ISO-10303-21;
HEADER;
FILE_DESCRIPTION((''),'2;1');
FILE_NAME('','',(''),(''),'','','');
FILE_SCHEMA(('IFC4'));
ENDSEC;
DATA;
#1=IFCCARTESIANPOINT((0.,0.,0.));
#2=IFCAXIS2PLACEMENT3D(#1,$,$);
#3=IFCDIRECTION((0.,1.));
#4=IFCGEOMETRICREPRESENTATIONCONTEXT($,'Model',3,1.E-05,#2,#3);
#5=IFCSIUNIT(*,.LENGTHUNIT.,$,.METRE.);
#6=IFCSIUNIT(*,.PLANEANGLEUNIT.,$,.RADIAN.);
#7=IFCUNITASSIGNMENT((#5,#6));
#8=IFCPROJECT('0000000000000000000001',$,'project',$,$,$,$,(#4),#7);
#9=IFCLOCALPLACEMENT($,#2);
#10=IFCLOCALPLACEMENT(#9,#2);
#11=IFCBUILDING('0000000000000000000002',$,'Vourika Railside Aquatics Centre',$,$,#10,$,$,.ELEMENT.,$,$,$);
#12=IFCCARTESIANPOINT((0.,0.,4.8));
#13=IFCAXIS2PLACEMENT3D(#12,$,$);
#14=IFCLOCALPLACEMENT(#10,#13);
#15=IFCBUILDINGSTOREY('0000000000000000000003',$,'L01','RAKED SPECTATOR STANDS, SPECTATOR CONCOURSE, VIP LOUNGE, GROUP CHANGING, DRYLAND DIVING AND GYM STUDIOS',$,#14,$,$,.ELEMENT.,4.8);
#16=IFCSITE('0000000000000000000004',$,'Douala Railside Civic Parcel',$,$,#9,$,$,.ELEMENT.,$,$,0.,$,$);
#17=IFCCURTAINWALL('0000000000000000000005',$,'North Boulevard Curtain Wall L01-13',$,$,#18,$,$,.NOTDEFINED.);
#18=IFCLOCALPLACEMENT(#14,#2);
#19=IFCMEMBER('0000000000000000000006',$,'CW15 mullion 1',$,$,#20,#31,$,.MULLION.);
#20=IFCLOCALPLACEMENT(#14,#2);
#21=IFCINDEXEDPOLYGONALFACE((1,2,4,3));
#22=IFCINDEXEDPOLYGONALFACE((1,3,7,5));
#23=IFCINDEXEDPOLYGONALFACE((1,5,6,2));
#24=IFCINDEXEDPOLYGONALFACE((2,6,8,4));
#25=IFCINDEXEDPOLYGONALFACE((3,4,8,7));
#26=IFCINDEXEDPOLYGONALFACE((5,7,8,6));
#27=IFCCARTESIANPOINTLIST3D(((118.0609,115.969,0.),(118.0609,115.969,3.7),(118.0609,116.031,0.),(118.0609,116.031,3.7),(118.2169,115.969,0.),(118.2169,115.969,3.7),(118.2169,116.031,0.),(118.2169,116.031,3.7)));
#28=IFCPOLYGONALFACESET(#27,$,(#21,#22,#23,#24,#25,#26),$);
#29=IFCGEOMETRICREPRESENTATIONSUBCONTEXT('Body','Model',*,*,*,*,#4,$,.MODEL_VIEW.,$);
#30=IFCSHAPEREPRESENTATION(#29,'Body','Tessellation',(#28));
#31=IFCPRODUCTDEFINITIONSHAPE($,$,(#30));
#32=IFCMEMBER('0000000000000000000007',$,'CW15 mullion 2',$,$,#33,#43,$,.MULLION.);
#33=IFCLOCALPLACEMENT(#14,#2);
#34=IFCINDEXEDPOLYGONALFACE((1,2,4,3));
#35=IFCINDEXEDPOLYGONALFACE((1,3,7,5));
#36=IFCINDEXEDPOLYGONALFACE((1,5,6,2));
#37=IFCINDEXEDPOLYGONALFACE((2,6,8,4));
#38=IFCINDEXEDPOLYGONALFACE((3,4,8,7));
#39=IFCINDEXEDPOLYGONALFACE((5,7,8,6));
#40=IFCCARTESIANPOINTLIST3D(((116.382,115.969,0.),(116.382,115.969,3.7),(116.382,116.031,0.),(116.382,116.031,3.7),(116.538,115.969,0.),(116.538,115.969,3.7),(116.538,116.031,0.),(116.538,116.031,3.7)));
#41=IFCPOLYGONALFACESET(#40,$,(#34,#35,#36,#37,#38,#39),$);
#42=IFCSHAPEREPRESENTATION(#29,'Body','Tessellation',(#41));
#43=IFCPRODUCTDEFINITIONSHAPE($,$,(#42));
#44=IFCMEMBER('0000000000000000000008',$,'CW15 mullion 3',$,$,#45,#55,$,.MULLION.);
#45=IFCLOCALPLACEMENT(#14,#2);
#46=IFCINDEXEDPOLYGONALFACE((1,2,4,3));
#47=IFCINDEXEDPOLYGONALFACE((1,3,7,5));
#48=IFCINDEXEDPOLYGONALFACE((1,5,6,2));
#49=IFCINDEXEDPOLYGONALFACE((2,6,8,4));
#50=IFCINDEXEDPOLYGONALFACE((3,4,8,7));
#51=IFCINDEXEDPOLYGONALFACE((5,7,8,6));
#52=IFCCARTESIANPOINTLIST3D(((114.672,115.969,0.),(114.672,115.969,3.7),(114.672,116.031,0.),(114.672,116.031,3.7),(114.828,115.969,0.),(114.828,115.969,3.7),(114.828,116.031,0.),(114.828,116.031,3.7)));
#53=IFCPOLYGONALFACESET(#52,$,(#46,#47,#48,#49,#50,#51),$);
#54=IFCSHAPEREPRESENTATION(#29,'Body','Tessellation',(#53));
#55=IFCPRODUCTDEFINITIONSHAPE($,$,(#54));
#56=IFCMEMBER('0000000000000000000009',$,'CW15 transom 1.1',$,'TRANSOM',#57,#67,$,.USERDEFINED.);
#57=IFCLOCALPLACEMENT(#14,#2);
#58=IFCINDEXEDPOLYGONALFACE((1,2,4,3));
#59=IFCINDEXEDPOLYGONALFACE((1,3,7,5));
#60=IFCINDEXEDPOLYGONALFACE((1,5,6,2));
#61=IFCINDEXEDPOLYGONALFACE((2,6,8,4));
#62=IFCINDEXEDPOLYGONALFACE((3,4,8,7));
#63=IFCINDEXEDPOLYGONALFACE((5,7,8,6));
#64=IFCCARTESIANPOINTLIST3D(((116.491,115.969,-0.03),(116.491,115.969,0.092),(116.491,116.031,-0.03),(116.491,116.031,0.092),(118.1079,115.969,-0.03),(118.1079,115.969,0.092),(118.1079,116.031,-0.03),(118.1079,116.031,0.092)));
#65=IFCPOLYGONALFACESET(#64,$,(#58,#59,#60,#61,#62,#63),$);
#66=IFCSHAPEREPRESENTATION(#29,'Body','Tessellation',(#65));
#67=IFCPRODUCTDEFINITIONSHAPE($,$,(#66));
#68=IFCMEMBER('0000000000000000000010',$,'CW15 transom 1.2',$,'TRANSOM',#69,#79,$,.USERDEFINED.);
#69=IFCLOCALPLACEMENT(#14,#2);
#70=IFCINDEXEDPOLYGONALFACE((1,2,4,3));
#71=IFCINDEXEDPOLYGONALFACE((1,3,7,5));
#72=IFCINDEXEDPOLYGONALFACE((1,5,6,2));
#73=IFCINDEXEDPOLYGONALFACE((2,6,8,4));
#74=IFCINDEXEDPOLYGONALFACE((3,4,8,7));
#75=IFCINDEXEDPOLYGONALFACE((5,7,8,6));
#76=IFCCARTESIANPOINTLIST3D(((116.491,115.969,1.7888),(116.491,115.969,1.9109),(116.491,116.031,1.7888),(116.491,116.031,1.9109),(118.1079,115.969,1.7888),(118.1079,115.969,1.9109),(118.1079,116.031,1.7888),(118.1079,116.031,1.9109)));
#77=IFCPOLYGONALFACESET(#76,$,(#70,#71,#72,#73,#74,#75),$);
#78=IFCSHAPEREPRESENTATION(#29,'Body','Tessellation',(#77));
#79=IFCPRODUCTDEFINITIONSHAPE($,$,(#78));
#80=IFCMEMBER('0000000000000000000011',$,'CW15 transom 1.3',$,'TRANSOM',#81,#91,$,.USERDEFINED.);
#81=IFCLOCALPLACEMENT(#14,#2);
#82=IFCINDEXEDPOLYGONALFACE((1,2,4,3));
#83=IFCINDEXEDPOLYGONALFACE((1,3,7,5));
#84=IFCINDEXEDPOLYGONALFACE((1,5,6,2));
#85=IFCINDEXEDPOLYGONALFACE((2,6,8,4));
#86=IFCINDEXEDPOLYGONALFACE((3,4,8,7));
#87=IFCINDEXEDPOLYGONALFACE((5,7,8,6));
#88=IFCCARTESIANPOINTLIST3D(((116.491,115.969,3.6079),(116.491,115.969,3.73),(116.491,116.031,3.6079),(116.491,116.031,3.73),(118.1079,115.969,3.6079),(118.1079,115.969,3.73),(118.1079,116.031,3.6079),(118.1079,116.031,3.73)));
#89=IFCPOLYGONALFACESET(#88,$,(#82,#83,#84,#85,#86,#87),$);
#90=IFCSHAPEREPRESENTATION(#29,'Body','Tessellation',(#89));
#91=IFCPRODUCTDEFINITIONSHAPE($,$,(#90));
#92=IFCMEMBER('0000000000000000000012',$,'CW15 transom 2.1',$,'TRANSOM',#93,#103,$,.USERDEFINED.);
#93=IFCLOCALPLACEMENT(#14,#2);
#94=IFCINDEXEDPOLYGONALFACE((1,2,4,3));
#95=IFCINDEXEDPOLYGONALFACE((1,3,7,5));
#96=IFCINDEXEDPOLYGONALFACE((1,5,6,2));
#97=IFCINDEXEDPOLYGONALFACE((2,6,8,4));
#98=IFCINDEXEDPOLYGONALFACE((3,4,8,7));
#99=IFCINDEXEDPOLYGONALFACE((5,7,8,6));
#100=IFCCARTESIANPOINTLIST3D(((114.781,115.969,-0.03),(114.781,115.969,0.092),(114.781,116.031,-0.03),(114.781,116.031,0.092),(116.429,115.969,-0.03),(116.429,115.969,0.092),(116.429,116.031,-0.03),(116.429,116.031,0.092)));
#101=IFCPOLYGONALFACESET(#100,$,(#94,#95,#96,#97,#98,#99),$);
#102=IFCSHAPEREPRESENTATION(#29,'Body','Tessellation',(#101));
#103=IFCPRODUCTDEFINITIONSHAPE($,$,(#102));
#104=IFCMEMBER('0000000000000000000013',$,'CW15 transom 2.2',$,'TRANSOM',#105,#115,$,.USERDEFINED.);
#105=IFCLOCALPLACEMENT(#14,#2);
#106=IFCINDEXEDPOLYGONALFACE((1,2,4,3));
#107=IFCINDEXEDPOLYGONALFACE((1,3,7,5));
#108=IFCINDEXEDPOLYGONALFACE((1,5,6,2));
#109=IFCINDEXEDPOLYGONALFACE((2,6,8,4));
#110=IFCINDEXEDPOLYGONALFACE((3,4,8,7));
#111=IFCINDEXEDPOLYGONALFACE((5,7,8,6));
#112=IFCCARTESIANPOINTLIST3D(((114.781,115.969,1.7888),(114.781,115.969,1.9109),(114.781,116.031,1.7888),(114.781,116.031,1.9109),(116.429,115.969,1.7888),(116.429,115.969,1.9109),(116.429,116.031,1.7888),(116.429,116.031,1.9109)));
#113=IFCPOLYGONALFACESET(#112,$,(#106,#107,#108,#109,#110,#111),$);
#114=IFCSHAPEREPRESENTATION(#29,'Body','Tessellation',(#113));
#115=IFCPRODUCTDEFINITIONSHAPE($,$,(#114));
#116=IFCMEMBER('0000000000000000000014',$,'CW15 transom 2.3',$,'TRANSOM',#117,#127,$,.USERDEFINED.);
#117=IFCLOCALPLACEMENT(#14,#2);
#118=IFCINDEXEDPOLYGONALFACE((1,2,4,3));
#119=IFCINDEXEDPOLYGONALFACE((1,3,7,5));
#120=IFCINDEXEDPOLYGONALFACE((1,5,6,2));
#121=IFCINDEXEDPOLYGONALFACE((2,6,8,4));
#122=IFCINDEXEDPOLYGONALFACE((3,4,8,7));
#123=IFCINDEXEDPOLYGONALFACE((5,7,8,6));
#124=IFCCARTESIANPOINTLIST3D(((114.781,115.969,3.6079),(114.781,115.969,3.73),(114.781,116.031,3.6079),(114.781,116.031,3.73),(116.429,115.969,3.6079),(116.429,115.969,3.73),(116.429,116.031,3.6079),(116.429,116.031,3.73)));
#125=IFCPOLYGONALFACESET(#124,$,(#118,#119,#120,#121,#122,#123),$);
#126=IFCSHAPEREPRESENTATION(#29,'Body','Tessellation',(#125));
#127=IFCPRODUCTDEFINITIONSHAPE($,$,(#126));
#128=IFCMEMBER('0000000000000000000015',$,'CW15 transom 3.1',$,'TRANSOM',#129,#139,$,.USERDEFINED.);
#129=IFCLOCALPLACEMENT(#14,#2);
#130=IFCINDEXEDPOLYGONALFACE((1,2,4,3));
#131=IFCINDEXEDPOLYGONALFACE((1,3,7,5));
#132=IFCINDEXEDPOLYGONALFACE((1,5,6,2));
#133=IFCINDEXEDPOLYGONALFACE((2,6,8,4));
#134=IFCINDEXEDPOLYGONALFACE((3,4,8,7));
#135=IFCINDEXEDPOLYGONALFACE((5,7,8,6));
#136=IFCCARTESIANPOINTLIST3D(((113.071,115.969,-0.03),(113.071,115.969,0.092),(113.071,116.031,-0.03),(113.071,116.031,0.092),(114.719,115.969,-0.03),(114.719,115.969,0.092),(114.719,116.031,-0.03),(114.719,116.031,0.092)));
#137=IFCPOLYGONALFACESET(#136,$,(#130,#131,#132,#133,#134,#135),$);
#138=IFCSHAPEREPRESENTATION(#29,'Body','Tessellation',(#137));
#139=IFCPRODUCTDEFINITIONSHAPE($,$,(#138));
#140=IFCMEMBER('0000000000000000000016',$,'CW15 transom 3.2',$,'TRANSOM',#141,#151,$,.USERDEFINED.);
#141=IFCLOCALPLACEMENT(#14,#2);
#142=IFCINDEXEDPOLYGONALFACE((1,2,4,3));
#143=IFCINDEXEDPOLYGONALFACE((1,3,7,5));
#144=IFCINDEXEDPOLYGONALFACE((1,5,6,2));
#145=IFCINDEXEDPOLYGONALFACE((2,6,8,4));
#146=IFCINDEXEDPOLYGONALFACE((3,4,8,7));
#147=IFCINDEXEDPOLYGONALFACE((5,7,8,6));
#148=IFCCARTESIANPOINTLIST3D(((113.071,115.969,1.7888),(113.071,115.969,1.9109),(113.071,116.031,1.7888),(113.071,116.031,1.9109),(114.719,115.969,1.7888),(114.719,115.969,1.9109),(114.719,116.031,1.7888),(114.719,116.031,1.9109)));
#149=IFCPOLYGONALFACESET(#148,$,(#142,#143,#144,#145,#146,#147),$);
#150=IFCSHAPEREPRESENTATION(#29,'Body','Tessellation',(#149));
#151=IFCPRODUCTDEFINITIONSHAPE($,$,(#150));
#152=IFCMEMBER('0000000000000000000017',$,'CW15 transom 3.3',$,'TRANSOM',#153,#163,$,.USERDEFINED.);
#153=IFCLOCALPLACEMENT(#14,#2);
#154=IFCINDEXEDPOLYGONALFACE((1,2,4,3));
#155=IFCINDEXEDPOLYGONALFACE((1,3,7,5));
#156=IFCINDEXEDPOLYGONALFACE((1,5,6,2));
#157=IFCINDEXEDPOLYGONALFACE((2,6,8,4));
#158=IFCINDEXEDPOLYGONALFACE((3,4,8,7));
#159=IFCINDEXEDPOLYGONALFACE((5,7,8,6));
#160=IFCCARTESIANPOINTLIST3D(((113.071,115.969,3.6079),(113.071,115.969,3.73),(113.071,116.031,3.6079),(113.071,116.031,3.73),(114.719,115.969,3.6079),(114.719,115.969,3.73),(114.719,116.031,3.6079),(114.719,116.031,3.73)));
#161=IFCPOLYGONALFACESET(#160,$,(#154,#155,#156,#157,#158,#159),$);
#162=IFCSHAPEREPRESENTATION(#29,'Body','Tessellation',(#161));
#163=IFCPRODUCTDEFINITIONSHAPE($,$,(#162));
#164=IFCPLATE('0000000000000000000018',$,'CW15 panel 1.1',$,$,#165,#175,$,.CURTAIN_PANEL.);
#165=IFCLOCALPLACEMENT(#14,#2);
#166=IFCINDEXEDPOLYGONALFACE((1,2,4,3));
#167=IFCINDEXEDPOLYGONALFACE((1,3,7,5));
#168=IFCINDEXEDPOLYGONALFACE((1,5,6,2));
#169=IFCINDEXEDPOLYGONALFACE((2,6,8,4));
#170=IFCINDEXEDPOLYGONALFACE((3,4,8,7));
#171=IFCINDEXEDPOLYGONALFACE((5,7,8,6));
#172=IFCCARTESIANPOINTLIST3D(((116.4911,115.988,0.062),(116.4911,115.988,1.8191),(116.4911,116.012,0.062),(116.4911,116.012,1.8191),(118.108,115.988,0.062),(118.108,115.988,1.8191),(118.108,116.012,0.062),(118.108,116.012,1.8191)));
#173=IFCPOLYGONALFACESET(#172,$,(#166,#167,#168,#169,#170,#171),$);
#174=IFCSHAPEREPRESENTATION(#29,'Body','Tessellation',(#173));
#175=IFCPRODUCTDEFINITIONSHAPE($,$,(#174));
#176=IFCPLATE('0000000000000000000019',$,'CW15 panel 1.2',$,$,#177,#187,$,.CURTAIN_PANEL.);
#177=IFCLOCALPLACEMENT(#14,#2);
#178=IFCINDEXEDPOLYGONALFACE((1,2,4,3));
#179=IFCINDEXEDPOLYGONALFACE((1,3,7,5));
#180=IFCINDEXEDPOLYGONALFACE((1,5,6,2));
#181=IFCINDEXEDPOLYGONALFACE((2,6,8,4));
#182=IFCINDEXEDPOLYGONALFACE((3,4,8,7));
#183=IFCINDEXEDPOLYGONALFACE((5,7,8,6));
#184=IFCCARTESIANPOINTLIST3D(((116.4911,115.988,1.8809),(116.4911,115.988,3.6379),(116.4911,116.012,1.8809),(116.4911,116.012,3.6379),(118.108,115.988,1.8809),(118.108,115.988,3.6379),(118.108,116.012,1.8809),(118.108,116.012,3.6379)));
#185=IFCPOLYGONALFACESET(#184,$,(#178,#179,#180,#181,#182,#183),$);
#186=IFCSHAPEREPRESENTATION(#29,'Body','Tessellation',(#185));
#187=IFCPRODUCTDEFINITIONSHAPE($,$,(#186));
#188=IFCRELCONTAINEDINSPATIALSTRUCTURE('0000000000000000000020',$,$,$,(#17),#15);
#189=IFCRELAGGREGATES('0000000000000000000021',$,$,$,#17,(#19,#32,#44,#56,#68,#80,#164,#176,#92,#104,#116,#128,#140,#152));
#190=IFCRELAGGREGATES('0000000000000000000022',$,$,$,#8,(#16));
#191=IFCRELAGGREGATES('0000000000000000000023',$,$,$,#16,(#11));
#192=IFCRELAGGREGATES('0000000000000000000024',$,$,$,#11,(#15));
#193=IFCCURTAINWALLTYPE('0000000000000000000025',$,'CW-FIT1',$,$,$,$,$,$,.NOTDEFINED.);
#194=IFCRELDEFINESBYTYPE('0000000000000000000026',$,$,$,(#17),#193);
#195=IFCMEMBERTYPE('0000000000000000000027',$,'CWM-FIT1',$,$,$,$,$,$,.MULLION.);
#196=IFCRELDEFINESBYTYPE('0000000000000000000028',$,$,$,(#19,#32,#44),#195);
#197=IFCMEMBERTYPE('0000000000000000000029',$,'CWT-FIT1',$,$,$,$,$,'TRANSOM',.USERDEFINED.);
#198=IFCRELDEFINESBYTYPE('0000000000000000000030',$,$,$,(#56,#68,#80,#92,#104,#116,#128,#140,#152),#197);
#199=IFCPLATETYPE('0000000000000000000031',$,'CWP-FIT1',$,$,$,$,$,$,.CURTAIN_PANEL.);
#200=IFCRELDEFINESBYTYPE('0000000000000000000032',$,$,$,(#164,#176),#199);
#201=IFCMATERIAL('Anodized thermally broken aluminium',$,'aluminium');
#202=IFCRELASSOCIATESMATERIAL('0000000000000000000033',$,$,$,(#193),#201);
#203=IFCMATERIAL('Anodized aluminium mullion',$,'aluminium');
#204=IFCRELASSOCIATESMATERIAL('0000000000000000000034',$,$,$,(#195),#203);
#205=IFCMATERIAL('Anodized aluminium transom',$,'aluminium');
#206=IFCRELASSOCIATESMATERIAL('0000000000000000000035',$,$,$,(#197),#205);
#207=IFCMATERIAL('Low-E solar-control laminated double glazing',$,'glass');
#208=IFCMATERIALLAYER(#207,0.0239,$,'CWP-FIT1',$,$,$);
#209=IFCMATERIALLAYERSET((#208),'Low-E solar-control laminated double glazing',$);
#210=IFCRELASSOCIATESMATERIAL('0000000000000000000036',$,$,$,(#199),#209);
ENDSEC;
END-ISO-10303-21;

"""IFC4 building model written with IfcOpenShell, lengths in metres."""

from ifc_helpers import new_model, si_unit, direction, frame, origin, origin_2d, place, context, subcontext, project, spatial, rectangle, extrude, material, layer, layer_set, material_profile, profile_set, type_object, element, aggregate, save


model = new_model("IFC4")

# Units and contexts
model_context = context("Model", 3, precision=1e-05, world=origin(), true_north=direction((0.0, 1.0)))
body_context = subcontext(model_context, "Body", "Model", "MODEL_VIEW")
ifc_project = project(units=[si_unit("LENGTHUNIT", "METRE"), si_unit("PLANEANGLEUNIT", "RADIAN")], contexts=[model_context])

# Site, building, storey
site_placement = place(None, origin())
site = spatial("IfcSite", under=ifc_project, at=site_placement, Name="Douala Railside Civic Parcel", CompositionType="ELEMENT", RefElevation=0.0)
building_placement = place(site_placement, origin())
building = spatial("IfcBuilding", under=site, at=building_placement, Name="Vourika Railside Aquatics Centre", CompositionType="ELEMENT")
storey_placement = place(building_placement, frame((0.0, 0.0, 4.8)))
storey = spatial("IfcBuildingStorey", under=building, at=storey_placement, Name="L01", Description="RAKED SPECTATOR STANDS, SPECTATOR CONCOURSE, VIP LOUNGE, GROUP CHANGING, DRYLAND DIVING AND GYM STUDIOS", CompositionType="ELEMENT", Elevation=4.8)

# Curtain wall, members, plates
ifc_material_1 = material(Name="Anodized thermally broken aluminium", Category="aluminium")
curtain_wall_type = type_object("IfcCurtainWallType", Name="CW-FIT1", PredefinedType="NOTDEFINED", material=ifc_material_1)
curtain_wall_placement = place(storey_placement, origin())
curtain_wall = element("IfcCurtainWall", 1, at=curtain_wall_placement, inside=storey, type_object=curtain_wall_type, Name="North Boulevard Curtain Wall L01-13", PredefinedType="NOTDEFINED")
ifc_material_2 = material(Name="Anodized aluminium mullion", Category="aluminium")
ifc_material_profile_1 = material_profile(ifc_material_2, rectangle(XDim=0.062, YDim=0.156, at=origin_2d()), Name="ALU-M 62x156")
ifc_profile_set_1 = profile_set([ifc_material_profile_1], Name="Anodized aluminium mullion")
member_type_1 = type_object("IfcMemberType", Name="CWM-FIT1", PredefinedType="MULLION", material=ifc_profile_set_1)
member_1_placement = place(storey_placement, frame((118.1389, 116.0, 0.0), z_axis=(0.0, 0.0, 1.0), x_axis=(0.0, -1.0, 0.0)))
member_1 = element("IfcMember", 2, at=member_1_placement, type_object=member_type_1, Name="CW15 mullion 1", PredefinedType="MULLION", context=body_context, shape_type="SweptSolid", body=[
    extrude(rectangle(XDim=0.062, YDim=0.156, at=origin_2d()), origin(), (0.0, 0.0, 1.0), 3.7),
])
member_2_placement = place(storey_placement, frame((116.46, 116.0, 0.0), z_axis=(0.0, 0.0, 1.0), x_axis=(0.0, -1.0, 0.0)))
member_2 = element("IfcMember", 3, at=member_2_placement, type_object=member_type_1, Name="CW15 mullion 2", PredefinedType="MULLION", context=body_context, shape_type="SweptSolid", body=[
    extrude(rectangle(XDim=0.062, YDim=0.156, at=origin_2d()), origin(), (0.0, 0.0, 1.0), 3.7),
])
member_3_placement = place(storey_placement, frame((114.75, 116.0, 0.0), z_axis=(0.0, 0.0, 1.0), x_axis=(0.0, -1.0, 0.0)))
member_3 = element("IfcMember", 4, at=member_3_placement, type_object=member_type_1, Name="CW15 mullion 3", PredefinedType="MULLION", context=body_context, shape_type="SweptSolid", body=[
    extrude(rectangle(XDim=0.062, YDim=0.156, at=origin_2d()), origin(), (0.0, 0.0, 1.0), 3.7),
])
ifc_material_3 = material(Name="Anodized aluminium transom", Category="aluminium")
ifc_material_profile_2 = material_profile(ifc_material_3, rectangle(XDim=0.062, YDim=0.1221, at=origin_2d()), Name="ALU-T 62x122")
ifc_profile_set_2 = profile_set([ifc_material_profile_2], Name="Anodized aluminium transom")
member_type_2 = type_object("IfcMemberType", Name="CWT-FIT1", ElementType="TRANSOM", PredefinedType="USERDEFINED", material=ifc_profile_set_2)
member_4_placement = place(storey_placement, frame((118.1079, 116.0, 0.031), z_axis=(-1.0, 0.0, 0.0), x_axis=(0.0, -1.0, 0.0)))
member_4 = element("IfcMember", 5, at=member_4_placement, type_object=member_type_2, Name="CW15 transom 1.1", ObjectType="TRANSOM", PredefinedType="USERDEFINED", context=body_context, shape_type="SweptSolid", body=[
    extrude(rectangle(XDim=0.062, YDim=0.1221, at=origin_2d()), origin(), (0.0, 0.0, 1.0), 1.6169),
])
member_5_placement = place(storey_placement, frame((118.1079, 116.0, 1.8499), z_axis=(-1.0, 0.0, 0.0), x_axis=(0.0, -1.0, 0.0)))
member_5 = element("IfcMember", 6, at=member_5_placement, type_object=member_type_2, Name="CW15 transom 1.2", ObjectType="TRANSOM", PredefinedType="USERDEFINED", context=body_context, shape_type="SweptSolid", body=[
    extrude(rectangle(XDim=0.062, YDim=0.1221, at=origin_2d()), origin(), (0.0, 0.0, 1.0), 1.6169),
])
member_6_placement = place(storey_placement, frame((118.1079, 116.0, 3.6689), z_axis=(-1.0, 0.0, 0.0), x_axis=(0.0, -1.0, 0.0)))
member_6 = element("IfcMember", 7, at=member_6_placement, type_object=member_type_2, Name="CW15 transom 1.3", ObjectType="TRANSOM", PredefinedType="USERDEFINED", context=body_context, shape_type="SweptSolid", body=[
    extrude(rectangle(XDim=0.062, YDim=0.1221, at=origin_2d()), origin(), (0.0, 0.0, 1.0), 1.6169),
])
member_7_placement = place(storey_placement, frame((116.429, 116.0, 0.031), z_axis=(-1.0, 0.0, 0.0), x_axis=(0.0, -1.0, 0.0)))
member_7 = element("IfcMember", 8, at=member_7_placement, type_object=member_type_2, Name="CW15 transom 2.1", ObjectType="TRANSOM", PredefinedType="USERDEFINED", context=body_context, shape_type="SweptSolid", body=[
    extrude(rectangle(XDim=0.062, YDim=0.1221, at=origin_2d()), origin(), (0.0, 0.0, 1.0), 1.6479),
])
member_8_placement = place(storey_placement, frame((116.429, 116.0, 1.8499), z_axis=(-1.0, 0.0, 0.0), x_axis=(0.0, -1.0, 0.0)))
member_8 = element("IfcMember", 9, at=member_8_placement, type_object=member_type_2, Name="CW15 transom 2.2", ObjectType="TRANSOM", PredefinedType="USERDEFINED", context=body_context, shape_type="SweptSolid", body=[
    extrude(rectangle(XDim=0.062, YDim=0.1221, at=origin_2d()), origin(), (0.0, 0.0, 1.0), 1.6479),
])
member_9_placement = place(storey_placement, frame((116.429, 116.0, 3.6689), z_axis=(-1.0, 0.0, 0.0), x_axis=(0.0, -1.0, 0.0)))
member_9 = element("IfcMember", 10, at=member_9_placement, type_object=member_type_2, Name="CW15 transom 2.3", ObjectType="TRANSOM", PredefinedType="USERDEFINED", context=body_context, shape_type="SweptSolid", body=[
    extrude(rectangle(XDim=0.062, YDim=0.1221, at=origin_2d()), origin(), (0.0, 0.0, 1.0), 1.6479),
])
member_10_placement = place(storey_placement, frame((114.719, 116.0, 0.031), z_axis=(-1.0, 0.0, 0.0), x_axis=(0.0, -1.0, 0.0)))
member_10 = element("IfcMember", 11, at=member_10_placement, type_object=member_type_2, Name="CW15 transom 3.1", ObjectType="TRANSOM", PredefinedType="USERDEFINED", context=body_context, shape_type="SweptSolid", body=[
    extrude(rectangle(XDim=0.062, YDim=0.1221, at=origin_2d()), origin(), (0.0, 0.0, 1.0), 1.6479),
])
member_11_placement = place(storey_placement, frame((114.719, 116.0, 1.8499), z_axis=(-1.0, 0.0, 0.0), x_axis=(0.0, -1.0, 0.0)))
member_11 = element("IfcMember", 12, at=member_11_placement, type_object=member_type_2, Name="CW15 transom 3.2", ObjectType="TRANSOM", PredefinedType="USERDEFINED", context=body_context, shape_type="SweptSolid", body=[
    extrude(rectangle(XDim=0.062, YDim=0.1221, at=origin_2d()), origin(), (0.0, 0.0, 1.0), 1.6479),
])
member_12_placement = place(storey_placement, frame((114.719, 116.0, 3.6689), z_axis=(-1.0, 0.0, 0.0), x_axis=(0.0, -1.0, 0.0)))
member_12 = element("IfcMember", 13, at=member_12_placement, type_object=member_type_2, Name="CW15 transom 3.3", ObjectType="TRANSOM", PredefinedType="USERDEFINED", context=body_context, shape_type="SweptSolid", body=[
    extrude(rectangle(XDim=0.062, YDim=0.1221, at=origin_2d()), origin(), (0.0, 0.0, 1.0), 1.6479),
])
ifc_material_4 = material(Name="Low-E solar-control laminated double glazing", Category="glass")
ifc_layer = layer(ifc_material_4, 0.0239, Name="CWP-FIT1")
ifc_layer_set = layer_set([ifc_layer], Name="Low-E solar-control laminated double glazing")
plate_type = type_object("IfcPlateType", Name="CWP-FIT1", PredefinedType="CURTAIN_PANEL", material=ifc_layer_set)
plate_1_placement = place(storey_placement, frame((117.2996, 116.0, 0.062), z_axis=(0.0, 0.0, 1.0), x_axis=(-1.0, 0.0, 0.0)))
plate_1 = element("IfcPlate", 14, at=plate_1_placement, type_object=plate_type, Name="CW15 panel 1.1", PredefinedType="CURTAIN_PANEL", context=body_context, shape_type="SweptSolid", body=[
    extrude(rectangle(XDim=1.6169, YDim=0.0239, at=origin_2d()), origin(), (0.0, 0.0, 1.0), 1.7571),
])
plate_2_placement = place(storey_placement, frame((117.2996, 116.0, 1.8809), z_axis=(0.0, 0.0, 1.0), x_axis=(-1.0, 0.0, 0.0)))
plate_2 = element("IfcPlate", 15, at=plate_2_placement, type_object=plate_type, Name="CW15 panel 1.2", PredefinedType="CURTAIN_PANEL", context=body_context, shape_type="SweptSolid", body=[
    extrude(rectangle(XDim=1.6169, YDim=0.0239, at=origin_2d()), origin(), (0.0, 0.0, 1.0), 1.7571),
])
aggregate(curtain_wall, [member_1, member_2, member_3, member_4, member_5, member_6, plate_1, plate_2, member_7, member_8, member_9, member_10, member_11, member_12])

save(model, "model.ifc")
